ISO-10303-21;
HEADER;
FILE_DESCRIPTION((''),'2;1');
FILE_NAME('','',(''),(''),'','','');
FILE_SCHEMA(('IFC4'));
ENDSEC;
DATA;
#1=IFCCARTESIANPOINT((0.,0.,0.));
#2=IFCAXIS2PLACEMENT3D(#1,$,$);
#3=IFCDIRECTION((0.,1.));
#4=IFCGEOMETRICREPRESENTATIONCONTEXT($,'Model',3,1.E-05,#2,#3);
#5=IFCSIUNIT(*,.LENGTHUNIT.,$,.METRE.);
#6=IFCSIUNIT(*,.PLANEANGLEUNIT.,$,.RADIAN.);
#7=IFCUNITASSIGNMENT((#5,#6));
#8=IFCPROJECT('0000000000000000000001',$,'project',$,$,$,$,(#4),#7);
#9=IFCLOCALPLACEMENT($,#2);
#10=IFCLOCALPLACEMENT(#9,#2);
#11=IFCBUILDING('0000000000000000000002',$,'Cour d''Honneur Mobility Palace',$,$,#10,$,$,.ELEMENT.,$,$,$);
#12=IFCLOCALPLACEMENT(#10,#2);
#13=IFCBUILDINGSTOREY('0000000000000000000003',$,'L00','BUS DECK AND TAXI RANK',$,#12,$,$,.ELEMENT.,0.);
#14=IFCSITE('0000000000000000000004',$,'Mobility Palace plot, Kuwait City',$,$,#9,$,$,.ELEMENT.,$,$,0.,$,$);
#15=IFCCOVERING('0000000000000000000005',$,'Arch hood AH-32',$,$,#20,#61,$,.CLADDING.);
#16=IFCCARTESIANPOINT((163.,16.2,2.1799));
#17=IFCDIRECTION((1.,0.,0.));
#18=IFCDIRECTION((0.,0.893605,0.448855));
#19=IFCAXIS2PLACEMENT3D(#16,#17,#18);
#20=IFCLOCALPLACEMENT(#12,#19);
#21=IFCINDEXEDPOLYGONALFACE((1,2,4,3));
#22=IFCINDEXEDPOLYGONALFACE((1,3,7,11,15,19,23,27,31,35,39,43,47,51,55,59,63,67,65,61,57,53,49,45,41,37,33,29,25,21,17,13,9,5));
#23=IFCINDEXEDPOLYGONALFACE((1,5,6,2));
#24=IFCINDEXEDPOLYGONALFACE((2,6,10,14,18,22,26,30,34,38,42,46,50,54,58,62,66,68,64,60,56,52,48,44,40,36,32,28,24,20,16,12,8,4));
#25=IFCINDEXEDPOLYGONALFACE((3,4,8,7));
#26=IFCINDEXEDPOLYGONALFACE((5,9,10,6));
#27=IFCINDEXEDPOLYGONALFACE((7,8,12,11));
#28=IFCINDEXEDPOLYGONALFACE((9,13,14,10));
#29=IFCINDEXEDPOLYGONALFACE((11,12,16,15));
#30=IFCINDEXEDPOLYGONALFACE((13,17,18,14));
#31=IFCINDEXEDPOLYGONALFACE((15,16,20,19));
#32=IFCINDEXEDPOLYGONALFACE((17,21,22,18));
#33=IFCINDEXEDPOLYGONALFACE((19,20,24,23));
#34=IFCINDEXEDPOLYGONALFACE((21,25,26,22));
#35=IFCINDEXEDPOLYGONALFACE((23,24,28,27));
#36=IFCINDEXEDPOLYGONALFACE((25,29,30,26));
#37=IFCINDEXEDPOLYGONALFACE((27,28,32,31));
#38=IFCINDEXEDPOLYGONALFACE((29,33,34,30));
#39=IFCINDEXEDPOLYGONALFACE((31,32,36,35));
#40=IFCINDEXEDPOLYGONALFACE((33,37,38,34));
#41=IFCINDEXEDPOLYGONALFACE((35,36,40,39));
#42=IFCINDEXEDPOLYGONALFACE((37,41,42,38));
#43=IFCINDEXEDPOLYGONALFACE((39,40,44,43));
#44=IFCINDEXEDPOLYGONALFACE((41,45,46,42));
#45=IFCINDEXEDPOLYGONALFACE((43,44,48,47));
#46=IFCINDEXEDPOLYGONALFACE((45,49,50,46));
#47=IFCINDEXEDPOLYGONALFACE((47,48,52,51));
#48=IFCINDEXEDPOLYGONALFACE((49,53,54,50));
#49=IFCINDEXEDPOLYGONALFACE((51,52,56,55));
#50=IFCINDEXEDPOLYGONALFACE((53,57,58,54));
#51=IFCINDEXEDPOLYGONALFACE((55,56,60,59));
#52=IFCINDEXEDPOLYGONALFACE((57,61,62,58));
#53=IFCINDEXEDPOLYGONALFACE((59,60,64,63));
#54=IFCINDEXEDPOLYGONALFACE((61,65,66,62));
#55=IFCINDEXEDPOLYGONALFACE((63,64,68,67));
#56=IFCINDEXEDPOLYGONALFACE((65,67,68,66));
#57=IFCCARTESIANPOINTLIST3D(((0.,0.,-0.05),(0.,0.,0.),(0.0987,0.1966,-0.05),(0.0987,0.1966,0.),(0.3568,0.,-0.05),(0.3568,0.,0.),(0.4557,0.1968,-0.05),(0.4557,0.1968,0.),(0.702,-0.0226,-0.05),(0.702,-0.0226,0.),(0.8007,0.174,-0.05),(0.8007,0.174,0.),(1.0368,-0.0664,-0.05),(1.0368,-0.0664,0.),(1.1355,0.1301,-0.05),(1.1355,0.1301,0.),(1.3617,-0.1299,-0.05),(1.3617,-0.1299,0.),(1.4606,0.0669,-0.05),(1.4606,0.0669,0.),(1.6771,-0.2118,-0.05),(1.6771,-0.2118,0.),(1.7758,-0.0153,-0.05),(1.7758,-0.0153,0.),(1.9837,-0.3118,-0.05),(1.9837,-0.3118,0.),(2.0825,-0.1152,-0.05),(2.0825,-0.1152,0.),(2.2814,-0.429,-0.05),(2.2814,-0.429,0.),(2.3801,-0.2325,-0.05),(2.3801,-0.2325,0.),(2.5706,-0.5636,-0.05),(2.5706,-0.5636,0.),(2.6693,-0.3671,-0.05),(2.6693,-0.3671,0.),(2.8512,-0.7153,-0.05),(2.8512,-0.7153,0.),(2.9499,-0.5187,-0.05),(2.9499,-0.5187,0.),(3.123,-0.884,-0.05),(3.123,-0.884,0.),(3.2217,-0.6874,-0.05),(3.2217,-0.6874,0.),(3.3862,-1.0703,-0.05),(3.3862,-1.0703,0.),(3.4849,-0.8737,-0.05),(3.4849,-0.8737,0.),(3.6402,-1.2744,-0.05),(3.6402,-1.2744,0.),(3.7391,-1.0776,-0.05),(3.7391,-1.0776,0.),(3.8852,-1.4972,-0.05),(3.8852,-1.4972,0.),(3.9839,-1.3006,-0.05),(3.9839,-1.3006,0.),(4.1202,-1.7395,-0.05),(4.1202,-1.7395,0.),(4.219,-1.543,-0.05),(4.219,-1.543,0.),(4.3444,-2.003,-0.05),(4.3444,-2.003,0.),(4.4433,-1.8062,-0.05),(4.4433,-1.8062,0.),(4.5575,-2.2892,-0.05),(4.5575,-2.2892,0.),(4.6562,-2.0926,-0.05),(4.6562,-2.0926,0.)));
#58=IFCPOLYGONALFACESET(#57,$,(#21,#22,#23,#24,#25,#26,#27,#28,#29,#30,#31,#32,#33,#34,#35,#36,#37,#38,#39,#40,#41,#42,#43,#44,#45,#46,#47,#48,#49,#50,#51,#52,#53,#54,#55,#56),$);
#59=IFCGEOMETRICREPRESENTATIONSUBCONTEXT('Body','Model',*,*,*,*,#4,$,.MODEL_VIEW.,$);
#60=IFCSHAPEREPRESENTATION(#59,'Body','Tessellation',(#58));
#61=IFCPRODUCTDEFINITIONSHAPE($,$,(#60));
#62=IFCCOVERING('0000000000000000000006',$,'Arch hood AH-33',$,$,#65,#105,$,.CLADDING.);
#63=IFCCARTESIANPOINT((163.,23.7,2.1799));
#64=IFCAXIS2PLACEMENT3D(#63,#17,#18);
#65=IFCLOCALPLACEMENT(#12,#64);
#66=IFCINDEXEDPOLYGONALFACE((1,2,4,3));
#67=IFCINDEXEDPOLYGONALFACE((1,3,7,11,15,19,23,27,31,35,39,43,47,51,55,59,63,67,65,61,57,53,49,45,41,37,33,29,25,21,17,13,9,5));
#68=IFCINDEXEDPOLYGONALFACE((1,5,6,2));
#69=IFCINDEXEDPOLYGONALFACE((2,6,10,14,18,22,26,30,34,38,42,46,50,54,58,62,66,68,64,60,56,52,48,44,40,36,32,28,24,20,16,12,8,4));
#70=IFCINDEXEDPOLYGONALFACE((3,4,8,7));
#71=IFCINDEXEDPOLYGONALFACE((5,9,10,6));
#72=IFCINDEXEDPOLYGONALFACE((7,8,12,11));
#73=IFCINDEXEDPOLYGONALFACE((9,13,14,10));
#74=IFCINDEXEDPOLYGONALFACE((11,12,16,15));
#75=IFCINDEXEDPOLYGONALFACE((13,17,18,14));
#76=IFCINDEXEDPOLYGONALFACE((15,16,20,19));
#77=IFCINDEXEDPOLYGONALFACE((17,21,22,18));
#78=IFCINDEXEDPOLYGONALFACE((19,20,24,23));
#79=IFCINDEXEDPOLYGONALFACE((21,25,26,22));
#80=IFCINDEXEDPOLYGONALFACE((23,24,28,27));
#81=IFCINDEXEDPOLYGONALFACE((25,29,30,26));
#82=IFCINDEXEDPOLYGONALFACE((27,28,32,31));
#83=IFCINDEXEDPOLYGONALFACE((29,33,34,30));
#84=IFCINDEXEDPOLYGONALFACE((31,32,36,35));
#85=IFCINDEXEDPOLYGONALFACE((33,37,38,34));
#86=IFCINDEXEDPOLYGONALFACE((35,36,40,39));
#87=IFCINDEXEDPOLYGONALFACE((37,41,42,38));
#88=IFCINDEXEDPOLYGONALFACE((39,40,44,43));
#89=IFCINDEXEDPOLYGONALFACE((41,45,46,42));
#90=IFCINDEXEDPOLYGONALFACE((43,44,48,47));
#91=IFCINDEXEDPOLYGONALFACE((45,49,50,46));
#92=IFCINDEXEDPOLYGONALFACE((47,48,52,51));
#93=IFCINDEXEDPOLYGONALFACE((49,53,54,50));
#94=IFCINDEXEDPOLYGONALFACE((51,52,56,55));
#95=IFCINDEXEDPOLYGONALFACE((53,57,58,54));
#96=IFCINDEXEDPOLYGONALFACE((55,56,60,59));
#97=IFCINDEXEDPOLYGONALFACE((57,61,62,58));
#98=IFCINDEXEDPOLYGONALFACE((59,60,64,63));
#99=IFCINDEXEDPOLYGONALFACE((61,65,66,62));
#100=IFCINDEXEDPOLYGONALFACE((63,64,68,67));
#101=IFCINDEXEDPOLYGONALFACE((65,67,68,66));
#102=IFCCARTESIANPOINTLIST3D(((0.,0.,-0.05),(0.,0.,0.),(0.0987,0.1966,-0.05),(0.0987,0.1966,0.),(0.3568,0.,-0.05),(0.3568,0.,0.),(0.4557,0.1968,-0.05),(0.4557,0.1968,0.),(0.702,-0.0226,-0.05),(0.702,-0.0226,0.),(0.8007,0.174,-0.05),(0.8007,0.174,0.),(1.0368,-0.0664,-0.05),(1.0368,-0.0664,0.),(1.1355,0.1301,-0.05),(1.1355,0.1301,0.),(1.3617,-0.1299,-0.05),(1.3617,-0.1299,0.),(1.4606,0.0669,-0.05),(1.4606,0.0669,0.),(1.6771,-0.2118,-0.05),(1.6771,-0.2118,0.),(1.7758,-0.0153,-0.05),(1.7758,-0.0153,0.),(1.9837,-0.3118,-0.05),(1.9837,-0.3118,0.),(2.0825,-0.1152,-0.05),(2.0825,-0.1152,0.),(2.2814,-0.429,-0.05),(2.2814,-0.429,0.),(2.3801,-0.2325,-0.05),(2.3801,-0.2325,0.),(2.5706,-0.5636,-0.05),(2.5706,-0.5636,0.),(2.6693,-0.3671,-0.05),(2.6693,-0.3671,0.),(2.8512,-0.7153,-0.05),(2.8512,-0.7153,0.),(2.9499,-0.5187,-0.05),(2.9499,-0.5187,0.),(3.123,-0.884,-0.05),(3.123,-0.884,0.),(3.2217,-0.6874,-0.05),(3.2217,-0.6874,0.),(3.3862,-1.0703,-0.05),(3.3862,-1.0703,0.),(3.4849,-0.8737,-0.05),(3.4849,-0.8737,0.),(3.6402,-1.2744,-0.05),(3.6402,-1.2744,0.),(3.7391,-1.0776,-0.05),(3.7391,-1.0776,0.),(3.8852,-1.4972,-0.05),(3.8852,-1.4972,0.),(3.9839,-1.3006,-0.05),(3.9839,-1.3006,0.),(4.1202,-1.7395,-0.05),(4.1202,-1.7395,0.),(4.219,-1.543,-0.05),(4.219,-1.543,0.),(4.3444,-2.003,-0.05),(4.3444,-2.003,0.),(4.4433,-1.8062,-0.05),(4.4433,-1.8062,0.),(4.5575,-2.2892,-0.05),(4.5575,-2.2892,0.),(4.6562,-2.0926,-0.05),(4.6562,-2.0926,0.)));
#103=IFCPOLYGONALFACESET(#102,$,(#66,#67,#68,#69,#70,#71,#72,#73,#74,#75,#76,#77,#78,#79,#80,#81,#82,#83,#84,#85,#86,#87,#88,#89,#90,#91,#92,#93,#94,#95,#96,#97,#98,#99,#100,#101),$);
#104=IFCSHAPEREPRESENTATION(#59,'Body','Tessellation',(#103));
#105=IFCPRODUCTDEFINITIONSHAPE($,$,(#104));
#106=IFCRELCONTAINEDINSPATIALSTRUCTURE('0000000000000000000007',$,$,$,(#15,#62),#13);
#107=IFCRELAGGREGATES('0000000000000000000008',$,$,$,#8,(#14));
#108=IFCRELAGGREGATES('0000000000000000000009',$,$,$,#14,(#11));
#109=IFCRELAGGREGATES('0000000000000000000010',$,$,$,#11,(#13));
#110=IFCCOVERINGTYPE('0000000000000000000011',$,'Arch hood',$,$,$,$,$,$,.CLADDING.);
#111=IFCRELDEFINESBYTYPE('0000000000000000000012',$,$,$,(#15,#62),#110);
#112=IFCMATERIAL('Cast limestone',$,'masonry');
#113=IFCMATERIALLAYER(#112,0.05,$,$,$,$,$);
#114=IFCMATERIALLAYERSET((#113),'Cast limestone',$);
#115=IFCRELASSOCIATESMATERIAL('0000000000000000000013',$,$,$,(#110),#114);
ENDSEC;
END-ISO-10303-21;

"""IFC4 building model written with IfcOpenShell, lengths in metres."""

from ifc_helpers import new_model, si_unit, direction, frame, origin, place, context, subcontext, project, spatial, polyline, outline, extrude, material, layer, layer_set, type_object, element, save


model = new_model("IFC4")

# Units and contexts
model_context = context("Model", 3, precision=1e-05, world=origin(), true_north=direction((0.0, 1.0)))
body_context = subcontext(model_context, "Body", "Model", "MODEL_VIEW")
ifc_project = project(units=[si_unit("LENGTHUNIT", "METRE"), si_unit("PLANEANGLEUNIT", "RADIAN")], contexts=[model_context])

# Site, building, storey
site_placement = place(None, origin())
site = spatial("IfcSite", under=ifc_project, at=site_placement, Name="Mobility Palace plot, Kuwait City", CompositionType="ELEMENT", RefElevation=0.0)
building_placement = place(site_placement, origin())
building = spatial("IfcBuilding", under=site, at=building_placement, Name="Cour d'Honneur Mobility Palace", CompositionType="ELEMENT")
storey_placement = place(building_placement, origin())
storey = spatial("IfcBuildingStorey", under=building, at=storey_placement, Name="L00", Description="BUS DECK AND TAXI RANK", CompositionType="ELEMENT", Elevation=0.0)

# Coverings
ifc_material_1 = material(Name="Cast limestone", Category="masonry")
ifc_layer_1 = layer(ifc_material_1, 0.05)
ifc_layer_set_1 = layer_set([ifc_layer_1], Name="Cast limestone")
covering_type_1 = type_object("IfcCoveringType", Name="Arch hood", PredefinedType="CLADDING", material=ifc_layer_set_1)
for number, where, z_axis, x_axis, name in (
    (1, (163.0, 16.2, 2.1799), (1.0, 0.0, 0.0), (0.0, 0.893605, 0.448855), "Arch hood AH-32"),
    (2, (163.0, 23.7, 2.1799), (1.0, 0.0, 0.0), (0.0, 0.893605, 0.448855), "Arch hood AH-33"),
):
    element("IfcCovering", number, at=place(storey_placement, frame(where, z_axis=z_axis, x_axis=x_axis)), inside=storey, type_object=covering_type_1, Name=name, PredefinedType="CLADDING", context=body_context, shape_type="SweptSolid", body=[
        extrude(outline(polyline([(0.0, 0.0), (0.3568, 0.0), (0.702, -0.0226), (1.0368, -0.0664), (1.3617, -0.1299), (1.6771, -0.2118), (1.9837, -0.3118), (2.2814, -0.429), (2.5706, -0.5636), (2.8512, -0.7153), (3.123, -0.884), (3.3862, -1.0703), (3.6402, -1.2744), (3.8852, -1.4972), (4.1202, -1.7395), (4.3444, -2.003), (4.5575, -2.2892), (4.6562, -2.0926), (4.4433, -1.8062), (4.219, -1.543), (3.9839, -1.3006), (3.7391, -1.0776), (3.4849, -0.8737), (3.2217, -0.6874), (2.9499, -0.5187), (2.6693, -0.3671), (2.3801, -0.2325), (2.0825, -0.1152), (1.7758, -0.0153), (1.4606, 0.0669), (1.1355, 0.1301), (0.8007, 0.174), (0.4557, 0.1968), (0.0987, 0.1966), (0.0, 0.0)])), origin(), (0.0, 0.0, -1.0), 0.05),
    ])

save(model, "model.ifc")
